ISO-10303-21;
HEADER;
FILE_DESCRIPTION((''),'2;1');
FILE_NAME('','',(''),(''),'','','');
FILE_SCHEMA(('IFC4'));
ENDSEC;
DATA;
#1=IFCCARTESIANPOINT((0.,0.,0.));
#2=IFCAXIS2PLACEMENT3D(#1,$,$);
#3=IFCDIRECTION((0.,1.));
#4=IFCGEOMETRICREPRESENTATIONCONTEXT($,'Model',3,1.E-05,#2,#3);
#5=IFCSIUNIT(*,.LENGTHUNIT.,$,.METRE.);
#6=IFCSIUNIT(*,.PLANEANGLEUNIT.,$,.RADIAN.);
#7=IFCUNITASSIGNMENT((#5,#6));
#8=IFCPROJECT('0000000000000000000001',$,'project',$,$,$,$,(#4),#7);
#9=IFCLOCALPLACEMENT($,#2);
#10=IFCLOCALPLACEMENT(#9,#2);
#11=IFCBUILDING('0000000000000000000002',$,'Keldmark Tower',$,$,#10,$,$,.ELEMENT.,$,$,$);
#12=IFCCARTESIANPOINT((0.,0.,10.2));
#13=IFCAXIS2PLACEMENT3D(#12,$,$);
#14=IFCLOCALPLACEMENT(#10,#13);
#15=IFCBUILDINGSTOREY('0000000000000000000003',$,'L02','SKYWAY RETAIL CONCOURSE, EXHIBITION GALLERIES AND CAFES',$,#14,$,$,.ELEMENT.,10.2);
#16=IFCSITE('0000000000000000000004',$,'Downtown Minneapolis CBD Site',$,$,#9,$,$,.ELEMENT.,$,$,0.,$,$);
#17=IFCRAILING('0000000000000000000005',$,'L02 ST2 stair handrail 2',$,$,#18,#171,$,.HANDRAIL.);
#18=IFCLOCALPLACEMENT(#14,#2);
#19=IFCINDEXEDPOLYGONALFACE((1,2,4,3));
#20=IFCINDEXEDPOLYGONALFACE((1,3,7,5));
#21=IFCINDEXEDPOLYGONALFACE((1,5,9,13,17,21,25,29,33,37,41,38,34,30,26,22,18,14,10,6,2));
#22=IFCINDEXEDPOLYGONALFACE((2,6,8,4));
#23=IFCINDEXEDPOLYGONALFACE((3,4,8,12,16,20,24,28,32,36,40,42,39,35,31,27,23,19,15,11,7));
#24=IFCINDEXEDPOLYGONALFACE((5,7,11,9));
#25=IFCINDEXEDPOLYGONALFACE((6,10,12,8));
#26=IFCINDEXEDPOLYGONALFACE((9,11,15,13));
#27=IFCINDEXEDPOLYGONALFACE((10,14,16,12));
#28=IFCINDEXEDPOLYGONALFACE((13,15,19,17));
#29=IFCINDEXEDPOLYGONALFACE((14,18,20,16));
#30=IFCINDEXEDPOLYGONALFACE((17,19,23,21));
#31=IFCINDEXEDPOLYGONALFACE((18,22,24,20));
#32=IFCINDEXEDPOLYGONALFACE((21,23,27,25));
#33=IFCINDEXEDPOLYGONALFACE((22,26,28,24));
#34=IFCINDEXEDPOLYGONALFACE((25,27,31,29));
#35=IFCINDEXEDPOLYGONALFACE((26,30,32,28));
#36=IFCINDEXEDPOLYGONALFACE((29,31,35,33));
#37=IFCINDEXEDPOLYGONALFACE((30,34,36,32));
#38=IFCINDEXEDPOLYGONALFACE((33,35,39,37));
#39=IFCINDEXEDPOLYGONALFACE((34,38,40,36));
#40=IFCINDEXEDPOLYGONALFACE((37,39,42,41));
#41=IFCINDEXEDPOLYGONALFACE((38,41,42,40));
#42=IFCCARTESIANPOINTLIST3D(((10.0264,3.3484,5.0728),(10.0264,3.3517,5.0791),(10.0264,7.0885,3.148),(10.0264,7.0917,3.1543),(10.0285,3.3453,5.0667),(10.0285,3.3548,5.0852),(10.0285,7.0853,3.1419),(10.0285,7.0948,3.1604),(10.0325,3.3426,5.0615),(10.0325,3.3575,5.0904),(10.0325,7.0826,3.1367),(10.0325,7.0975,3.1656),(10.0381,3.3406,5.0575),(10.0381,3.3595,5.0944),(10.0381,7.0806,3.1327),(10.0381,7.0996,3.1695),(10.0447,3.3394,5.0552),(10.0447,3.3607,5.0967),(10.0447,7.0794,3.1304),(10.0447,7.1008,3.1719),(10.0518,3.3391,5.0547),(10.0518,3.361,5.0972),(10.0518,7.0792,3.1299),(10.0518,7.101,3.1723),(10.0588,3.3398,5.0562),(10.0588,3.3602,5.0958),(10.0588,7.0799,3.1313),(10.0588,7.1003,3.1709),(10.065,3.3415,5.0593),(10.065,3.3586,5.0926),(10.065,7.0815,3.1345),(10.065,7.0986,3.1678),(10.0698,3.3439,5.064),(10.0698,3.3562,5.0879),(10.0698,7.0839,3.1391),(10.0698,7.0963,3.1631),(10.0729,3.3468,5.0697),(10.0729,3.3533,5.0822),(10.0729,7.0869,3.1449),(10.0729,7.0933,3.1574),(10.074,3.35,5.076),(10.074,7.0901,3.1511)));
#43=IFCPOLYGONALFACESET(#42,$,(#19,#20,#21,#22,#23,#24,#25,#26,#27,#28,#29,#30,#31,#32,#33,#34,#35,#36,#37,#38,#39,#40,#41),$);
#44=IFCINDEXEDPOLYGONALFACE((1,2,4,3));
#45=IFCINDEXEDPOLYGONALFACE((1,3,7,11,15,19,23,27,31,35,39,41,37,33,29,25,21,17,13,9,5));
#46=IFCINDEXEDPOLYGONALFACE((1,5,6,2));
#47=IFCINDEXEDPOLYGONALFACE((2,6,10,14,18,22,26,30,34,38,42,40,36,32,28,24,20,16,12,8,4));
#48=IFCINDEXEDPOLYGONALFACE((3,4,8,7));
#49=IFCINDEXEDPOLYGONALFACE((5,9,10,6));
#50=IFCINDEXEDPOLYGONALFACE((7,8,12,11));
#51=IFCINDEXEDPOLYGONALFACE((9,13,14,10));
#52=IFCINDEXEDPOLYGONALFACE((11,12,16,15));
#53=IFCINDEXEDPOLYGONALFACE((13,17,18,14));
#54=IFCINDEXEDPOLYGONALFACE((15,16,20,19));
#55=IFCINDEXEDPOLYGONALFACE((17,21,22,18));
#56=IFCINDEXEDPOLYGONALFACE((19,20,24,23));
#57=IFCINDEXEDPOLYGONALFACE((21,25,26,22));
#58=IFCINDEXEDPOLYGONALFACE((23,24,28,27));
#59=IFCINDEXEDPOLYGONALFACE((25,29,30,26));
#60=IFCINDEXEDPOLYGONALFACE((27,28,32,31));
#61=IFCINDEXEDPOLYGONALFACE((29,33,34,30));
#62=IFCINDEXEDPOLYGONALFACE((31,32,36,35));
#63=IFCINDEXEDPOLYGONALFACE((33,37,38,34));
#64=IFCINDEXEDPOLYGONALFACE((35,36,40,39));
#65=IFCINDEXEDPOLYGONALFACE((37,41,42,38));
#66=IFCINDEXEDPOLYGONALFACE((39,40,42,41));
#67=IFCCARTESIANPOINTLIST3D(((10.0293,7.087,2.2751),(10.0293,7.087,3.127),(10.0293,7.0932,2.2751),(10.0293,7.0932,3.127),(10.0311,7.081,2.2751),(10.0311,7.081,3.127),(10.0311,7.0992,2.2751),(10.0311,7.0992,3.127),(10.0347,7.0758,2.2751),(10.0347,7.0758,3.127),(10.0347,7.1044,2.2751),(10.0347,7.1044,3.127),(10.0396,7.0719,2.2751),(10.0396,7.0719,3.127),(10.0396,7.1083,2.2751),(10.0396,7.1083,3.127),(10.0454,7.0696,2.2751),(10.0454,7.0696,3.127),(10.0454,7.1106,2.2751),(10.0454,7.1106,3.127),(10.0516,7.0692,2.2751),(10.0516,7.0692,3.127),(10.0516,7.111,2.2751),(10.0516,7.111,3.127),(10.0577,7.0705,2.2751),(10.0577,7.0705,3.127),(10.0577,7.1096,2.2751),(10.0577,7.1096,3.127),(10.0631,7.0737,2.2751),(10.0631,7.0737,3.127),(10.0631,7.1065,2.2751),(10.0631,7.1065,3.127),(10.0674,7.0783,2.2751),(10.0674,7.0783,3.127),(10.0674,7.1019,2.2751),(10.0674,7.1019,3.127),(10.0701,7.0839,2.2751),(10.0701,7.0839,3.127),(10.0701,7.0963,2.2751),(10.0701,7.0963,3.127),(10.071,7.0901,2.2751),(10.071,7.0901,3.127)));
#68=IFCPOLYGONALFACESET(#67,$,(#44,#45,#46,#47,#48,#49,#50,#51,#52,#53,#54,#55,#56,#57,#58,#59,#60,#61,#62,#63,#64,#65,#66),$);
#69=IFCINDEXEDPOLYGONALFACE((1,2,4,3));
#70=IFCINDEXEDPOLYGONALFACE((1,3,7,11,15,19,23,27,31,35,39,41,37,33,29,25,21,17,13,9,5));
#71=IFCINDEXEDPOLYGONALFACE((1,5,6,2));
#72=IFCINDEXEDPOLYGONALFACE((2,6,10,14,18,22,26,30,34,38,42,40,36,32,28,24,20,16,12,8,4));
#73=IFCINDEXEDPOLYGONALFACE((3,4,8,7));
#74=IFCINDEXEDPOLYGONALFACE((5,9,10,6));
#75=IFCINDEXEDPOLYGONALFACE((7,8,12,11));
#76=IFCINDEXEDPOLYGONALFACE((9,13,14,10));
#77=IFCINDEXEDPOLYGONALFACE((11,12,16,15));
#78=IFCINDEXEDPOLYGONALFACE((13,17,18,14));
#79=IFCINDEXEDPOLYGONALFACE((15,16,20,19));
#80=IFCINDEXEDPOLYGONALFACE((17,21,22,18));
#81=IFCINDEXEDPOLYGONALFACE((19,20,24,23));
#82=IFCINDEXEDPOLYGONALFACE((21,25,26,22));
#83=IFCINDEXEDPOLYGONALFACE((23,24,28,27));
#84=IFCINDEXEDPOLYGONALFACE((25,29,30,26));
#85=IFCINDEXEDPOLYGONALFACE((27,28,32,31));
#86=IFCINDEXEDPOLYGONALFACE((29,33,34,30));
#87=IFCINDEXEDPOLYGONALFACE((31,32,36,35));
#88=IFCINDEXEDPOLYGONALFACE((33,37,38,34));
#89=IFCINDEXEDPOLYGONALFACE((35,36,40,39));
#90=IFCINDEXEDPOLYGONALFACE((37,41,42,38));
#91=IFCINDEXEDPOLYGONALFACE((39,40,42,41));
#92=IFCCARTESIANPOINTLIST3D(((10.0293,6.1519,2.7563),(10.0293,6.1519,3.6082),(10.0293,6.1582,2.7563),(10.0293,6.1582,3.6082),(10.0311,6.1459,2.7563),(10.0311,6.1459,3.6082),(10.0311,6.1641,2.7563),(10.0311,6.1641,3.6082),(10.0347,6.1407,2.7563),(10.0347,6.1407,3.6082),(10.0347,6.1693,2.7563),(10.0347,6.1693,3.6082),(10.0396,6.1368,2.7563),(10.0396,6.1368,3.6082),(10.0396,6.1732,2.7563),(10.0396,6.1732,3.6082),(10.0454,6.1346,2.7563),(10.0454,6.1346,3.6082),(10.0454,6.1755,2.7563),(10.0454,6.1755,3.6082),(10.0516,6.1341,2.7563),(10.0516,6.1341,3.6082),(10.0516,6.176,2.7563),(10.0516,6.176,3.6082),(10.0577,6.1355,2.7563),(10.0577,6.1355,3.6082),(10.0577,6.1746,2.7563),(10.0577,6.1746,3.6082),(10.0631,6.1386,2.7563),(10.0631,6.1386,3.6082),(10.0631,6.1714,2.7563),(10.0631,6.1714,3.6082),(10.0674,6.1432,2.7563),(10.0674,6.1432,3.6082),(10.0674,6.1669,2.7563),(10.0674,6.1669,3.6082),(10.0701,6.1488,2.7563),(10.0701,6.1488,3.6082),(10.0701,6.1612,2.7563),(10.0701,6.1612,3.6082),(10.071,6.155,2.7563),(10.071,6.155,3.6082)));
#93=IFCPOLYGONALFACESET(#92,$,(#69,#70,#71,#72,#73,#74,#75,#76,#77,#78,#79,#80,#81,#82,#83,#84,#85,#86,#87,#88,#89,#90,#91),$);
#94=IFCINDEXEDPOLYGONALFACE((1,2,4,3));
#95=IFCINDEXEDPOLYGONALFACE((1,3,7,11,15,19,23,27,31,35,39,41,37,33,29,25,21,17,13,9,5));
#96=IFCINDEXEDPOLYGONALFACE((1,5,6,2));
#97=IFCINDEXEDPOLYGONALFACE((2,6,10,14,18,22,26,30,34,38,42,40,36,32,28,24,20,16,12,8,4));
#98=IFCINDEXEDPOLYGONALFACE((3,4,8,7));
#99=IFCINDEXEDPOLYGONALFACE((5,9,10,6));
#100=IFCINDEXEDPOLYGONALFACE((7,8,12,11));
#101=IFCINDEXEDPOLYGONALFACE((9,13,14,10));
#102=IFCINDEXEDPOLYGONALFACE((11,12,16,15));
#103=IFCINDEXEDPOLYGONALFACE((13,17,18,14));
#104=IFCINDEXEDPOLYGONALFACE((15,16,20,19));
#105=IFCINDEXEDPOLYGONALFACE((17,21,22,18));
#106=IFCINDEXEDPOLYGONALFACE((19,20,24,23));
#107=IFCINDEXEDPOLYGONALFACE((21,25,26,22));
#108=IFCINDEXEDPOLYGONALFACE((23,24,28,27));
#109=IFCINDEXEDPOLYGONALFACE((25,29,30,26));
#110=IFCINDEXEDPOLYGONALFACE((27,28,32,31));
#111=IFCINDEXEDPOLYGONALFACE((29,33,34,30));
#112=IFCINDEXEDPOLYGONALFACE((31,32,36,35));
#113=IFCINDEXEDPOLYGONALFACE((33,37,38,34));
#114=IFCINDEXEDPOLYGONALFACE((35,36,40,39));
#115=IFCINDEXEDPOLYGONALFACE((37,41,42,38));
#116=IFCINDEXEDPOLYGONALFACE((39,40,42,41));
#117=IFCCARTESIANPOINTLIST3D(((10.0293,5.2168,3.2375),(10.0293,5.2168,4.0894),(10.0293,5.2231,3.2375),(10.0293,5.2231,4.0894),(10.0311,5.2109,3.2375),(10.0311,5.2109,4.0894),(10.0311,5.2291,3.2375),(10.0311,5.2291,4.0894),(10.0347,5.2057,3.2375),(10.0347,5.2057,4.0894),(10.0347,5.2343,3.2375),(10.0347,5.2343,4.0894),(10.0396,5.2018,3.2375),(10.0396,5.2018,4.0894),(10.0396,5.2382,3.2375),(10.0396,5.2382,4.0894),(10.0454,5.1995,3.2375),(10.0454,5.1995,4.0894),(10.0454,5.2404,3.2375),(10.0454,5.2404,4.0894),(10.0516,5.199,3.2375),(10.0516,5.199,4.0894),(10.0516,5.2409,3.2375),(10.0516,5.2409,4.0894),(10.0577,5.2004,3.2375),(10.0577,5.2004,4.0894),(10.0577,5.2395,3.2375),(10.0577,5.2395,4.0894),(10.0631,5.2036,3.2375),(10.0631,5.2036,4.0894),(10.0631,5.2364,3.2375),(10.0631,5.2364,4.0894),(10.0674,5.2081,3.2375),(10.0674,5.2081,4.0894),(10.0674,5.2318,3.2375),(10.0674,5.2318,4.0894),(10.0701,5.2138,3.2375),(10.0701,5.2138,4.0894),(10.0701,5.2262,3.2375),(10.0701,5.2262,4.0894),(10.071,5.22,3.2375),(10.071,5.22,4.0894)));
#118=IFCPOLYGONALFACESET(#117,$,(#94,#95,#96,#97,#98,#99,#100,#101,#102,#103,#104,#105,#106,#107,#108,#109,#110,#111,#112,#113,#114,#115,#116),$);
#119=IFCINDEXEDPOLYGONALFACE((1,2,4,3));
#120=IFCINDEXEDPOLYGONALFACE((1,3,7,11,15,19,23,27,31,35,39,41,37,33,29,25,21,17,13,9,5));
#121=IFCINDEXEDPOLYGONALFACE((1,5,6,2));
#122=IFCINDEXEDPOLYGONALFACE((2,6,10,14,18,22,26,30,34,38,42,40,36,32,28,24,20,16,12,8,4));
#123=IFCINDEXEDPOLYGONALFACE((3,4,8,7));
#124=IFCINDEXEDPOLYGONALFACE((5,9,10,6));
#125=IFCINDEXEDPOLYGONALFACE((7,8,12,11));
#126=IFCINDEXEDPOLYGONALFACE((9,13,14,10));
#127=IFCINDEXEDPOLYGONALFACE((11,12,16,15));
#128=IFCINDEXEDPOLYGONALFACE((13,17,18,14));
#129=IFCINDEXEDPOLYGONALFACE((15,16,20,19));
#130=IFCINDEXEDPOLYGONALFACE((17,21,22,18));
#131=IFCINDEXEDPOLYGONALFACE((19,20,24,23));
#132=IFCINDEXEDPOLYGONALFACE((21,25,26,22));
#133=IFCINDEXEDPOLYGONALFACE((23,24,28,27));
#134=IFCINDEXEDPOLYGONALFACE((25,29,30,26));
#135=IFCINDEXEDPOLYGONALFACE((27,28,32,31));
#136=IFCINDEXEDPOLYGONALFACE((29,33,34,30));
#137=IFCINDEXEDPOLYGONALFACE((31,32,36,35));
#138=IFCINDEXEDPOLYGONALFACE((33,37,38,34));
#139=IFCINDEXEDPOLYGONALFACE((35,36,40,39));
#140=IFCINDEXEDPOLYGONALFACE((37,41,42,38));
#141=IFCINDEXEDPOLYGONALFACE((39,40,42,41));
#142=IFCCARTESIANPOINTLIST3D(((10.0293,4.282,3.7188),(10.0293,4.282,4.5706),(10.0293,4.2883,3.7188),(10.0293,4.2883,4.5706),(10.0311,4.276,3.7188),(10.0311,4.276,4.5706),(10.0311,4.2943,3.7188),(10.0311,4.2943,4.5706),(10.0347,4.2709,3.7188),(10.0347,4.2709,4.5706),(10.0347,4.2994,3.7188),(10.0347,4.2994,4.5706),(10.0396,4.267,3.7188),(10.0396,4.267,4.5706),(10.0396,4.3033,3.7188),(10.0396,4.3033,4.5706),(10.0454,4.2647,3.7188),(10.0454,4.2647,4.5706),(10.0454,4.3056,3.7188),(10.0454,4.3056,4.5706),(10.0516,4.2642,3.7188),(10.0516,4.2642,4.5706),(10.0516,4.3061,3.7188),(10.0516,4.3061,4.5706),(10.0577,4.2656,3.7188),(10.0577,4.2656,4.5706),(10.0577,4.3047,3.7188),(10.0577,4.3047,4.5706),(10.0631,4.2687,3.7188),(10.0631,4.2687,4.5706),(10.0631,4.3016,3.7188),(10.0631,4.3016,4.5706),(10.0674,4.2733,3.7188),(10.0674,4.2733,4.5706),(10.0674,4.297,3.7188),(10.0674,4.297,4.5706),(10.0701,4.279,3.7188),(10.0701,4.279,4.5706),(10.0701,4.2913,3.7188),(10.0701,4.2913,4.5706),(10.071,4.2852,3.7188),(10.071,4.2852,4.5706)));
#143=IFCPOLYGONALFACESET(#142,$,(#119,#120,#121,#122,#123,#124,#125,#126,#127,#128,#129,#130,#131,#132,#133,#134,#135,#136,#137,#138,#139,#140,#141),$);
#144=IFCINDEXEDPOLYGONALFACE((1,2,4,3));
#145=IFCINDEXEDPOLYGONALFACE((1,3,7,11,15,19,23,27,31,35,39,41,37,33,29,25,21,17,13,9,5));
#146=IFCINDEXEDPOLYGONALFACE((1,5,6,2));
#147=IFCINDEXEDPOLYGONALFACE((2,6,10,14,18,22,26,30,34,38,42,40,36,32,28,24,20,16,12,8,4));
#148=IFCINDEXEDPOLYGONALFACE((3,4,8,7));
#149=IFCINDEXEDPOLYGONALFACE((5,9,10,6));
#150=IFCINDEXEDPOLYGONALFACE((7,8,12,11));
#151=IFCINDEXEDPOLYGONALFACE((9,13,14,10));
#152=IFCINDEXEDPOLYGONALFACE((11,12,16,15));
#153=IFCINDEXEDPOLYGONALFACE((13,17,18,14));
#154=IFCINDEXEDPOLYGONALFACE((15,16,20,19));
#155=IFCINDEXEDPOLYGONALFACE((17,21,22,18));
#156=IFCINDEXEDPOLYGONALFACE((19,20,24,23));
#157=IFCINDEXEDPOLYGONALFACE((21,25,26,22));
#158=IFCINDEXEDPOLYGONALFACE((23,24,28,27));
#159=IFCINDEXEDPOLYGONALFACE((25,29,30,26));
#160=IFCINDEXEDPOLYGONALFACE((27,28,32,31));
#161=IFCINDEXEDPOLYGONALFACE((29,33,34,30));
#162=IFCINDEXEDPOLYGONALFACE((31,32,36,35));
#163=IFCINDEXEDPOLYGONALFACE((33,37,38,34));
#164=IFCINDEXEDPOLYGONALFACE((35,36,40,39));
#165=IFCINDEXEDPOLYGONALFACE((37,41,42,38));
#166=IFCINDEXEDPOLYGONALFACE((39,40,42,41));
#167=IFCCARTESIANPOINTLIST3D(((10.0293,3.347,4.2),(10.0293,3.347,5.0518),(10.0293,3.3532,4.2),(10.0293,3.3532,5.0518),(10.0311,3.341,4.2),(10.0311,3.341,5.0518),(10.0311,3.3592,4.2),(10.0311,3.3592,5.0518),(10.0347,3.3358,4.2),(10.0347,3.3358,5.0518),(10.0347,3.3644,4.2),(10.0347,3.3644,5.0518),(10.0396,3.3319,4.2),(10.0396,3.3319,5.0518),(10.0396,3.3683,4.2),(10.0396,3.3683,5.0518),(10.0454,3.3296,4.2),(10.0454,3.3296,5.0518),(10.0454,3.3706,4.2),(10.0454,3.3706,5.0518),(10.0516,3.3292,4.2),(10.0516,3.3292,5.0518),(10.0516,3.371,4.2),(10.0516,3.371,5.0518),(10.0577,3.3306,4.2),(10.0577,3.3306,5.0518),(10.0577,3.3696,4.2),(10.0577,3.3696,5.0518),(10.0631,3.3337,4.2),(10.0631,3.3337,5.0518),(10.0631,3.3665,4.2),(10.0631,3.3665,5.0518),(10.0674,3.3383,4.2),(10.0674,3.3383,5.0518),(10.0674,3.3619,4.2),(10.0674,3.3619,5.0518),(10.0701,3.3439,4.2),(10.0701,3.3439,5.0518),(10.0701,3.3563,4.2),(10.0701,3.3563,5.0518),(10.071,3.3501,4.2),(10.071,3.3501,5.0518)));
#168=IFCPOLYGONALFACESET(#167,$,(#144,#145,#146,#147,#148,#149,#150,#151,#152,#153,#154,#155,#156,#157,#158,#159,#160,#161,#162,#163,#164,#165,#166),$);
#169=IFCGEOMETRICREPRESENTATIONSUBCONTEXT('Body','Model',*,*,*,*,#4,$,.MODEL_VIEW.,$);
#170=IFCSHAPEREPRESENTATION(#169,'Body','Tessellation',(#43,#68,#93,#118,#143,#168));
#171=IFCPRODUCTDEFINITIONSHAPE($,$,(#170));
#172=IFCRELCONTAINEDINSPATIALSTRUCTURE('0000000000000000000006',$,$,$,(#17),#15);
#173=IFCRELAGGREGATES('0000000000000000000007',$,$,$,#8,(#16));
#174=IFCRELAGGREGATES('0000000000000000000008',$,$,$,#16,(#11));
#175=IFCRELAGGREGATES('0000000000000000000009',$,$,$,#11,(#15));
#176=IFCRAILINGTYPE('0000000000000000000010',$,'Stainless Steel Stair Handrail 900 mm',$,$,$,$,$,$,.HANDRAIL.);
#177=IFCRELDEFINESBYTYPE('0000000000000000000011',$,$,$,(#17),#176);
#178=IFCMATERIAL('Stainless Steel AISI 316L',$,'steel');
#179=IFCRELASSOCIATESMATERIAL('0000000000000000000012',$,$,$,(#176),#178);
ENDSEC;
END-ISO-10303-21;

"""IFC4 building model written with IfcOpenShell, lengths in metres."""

from ifc_helpers import new_model, si_unit, direction, frame, origin, origin_2d, place, context, subcontext, project, spatial, circle, extrude, material, type_object, element, save


model = new_model("IFC4")

# Units and contexts
model_context = context("Model", 3, precision=1e-05, world=origin(), true_north=direction((0.0, 1.0)))
body_context = subcontext(model_context, "Body", "Model", "MODEL_VIEW")
ifc_project = project(units=[si_unit("LENGTHUNIT", "METRE"), si_unit("PLANEANGLEUNIT", "RADIAN")], contexts=[model_context])

# Site, building, storey
site_placement = place(None, origin())
site = spatial("IfcSite", under=ifc_project, at=site_placement, Name="Downtown Minneapolis CBD Site", CompositionType="ELEMENT", RefElevation=0.0)
building_placement = place(site_placement, origin())
building = spatial("IfcBuilding", under=site, at=building_placement, Name="Keldmark Tower", CompositionType="ELEMENT")
storey_placement = place(building_placement, frame((0.0, 0.0, 10.2)))
storey = spatial("IfcBuildingStorey", under=building, at=storey_placement, Name="L02", Description="SKYWAY RETAIL CONCOURSE, EXHIBITION GALLERIES AND CAFES", CompositionType="ELEMENT", Elevation=10.2)

# Railing
ifc_material_1 = material(Name="Stainless Steel AISI 316L", Category="steel")
railing_type_1 = type_object("IfcRailingType", Name="Stainless Steel Stair Handrail 900 mm", PredefinedType="HANDRAIL", material=ifc_material_1)
railing_1_placement = place(storey_placement, frame((10.05, 7.0901, 2.2751)))
element("IfcRailing", 1, at=railing_1_placement, inside=storey, type_object=railing_type_1, Name="L02 ST2 stair handrail 2", PredefinedType="HANDRAIL", context=body_context, shape_type="SweptSolid", body=[
    extrude(circle(Radius=0.0239, at=origin_2d()), frame((0.0, 0.0, 0.876), z_axis=(0.0, -0.889154, 0.457608), x_axis=(1.0, 0.0, 0.0)), (0.0, 0.0, 1.0), 4.2063),
    extrude(circle(Radius=0.021, at=origin_2d()), origin(), (0.0, 0.0, 1.0), 0.8518),
    extrude(circle(Radius=0.021, at=origin_2d()), frame((0.0, -0.9351, 0.4812)), (0.0, 0.0, 1.0), 0.8518),
    extrude(circle(Radius=0.021, at=origin_2d()), frame((0.0, -1.8701, 0.9624)), (0.0, 0.0, 1.0), 0.8518),
    extrude(circle(Radius=0.021, at=origin_2d()), frame((0.0, -2.8049, 1.4436)), (0.0, 0.0, 1.0), 0.8518),
    extrude(circle(Radius=0.021, at=origin_2d()), frame((0.0, -3.74, 1.9248)), (0.0, 0.0, 1.0), 0.8518),
])

save(model, "model.ifc")
